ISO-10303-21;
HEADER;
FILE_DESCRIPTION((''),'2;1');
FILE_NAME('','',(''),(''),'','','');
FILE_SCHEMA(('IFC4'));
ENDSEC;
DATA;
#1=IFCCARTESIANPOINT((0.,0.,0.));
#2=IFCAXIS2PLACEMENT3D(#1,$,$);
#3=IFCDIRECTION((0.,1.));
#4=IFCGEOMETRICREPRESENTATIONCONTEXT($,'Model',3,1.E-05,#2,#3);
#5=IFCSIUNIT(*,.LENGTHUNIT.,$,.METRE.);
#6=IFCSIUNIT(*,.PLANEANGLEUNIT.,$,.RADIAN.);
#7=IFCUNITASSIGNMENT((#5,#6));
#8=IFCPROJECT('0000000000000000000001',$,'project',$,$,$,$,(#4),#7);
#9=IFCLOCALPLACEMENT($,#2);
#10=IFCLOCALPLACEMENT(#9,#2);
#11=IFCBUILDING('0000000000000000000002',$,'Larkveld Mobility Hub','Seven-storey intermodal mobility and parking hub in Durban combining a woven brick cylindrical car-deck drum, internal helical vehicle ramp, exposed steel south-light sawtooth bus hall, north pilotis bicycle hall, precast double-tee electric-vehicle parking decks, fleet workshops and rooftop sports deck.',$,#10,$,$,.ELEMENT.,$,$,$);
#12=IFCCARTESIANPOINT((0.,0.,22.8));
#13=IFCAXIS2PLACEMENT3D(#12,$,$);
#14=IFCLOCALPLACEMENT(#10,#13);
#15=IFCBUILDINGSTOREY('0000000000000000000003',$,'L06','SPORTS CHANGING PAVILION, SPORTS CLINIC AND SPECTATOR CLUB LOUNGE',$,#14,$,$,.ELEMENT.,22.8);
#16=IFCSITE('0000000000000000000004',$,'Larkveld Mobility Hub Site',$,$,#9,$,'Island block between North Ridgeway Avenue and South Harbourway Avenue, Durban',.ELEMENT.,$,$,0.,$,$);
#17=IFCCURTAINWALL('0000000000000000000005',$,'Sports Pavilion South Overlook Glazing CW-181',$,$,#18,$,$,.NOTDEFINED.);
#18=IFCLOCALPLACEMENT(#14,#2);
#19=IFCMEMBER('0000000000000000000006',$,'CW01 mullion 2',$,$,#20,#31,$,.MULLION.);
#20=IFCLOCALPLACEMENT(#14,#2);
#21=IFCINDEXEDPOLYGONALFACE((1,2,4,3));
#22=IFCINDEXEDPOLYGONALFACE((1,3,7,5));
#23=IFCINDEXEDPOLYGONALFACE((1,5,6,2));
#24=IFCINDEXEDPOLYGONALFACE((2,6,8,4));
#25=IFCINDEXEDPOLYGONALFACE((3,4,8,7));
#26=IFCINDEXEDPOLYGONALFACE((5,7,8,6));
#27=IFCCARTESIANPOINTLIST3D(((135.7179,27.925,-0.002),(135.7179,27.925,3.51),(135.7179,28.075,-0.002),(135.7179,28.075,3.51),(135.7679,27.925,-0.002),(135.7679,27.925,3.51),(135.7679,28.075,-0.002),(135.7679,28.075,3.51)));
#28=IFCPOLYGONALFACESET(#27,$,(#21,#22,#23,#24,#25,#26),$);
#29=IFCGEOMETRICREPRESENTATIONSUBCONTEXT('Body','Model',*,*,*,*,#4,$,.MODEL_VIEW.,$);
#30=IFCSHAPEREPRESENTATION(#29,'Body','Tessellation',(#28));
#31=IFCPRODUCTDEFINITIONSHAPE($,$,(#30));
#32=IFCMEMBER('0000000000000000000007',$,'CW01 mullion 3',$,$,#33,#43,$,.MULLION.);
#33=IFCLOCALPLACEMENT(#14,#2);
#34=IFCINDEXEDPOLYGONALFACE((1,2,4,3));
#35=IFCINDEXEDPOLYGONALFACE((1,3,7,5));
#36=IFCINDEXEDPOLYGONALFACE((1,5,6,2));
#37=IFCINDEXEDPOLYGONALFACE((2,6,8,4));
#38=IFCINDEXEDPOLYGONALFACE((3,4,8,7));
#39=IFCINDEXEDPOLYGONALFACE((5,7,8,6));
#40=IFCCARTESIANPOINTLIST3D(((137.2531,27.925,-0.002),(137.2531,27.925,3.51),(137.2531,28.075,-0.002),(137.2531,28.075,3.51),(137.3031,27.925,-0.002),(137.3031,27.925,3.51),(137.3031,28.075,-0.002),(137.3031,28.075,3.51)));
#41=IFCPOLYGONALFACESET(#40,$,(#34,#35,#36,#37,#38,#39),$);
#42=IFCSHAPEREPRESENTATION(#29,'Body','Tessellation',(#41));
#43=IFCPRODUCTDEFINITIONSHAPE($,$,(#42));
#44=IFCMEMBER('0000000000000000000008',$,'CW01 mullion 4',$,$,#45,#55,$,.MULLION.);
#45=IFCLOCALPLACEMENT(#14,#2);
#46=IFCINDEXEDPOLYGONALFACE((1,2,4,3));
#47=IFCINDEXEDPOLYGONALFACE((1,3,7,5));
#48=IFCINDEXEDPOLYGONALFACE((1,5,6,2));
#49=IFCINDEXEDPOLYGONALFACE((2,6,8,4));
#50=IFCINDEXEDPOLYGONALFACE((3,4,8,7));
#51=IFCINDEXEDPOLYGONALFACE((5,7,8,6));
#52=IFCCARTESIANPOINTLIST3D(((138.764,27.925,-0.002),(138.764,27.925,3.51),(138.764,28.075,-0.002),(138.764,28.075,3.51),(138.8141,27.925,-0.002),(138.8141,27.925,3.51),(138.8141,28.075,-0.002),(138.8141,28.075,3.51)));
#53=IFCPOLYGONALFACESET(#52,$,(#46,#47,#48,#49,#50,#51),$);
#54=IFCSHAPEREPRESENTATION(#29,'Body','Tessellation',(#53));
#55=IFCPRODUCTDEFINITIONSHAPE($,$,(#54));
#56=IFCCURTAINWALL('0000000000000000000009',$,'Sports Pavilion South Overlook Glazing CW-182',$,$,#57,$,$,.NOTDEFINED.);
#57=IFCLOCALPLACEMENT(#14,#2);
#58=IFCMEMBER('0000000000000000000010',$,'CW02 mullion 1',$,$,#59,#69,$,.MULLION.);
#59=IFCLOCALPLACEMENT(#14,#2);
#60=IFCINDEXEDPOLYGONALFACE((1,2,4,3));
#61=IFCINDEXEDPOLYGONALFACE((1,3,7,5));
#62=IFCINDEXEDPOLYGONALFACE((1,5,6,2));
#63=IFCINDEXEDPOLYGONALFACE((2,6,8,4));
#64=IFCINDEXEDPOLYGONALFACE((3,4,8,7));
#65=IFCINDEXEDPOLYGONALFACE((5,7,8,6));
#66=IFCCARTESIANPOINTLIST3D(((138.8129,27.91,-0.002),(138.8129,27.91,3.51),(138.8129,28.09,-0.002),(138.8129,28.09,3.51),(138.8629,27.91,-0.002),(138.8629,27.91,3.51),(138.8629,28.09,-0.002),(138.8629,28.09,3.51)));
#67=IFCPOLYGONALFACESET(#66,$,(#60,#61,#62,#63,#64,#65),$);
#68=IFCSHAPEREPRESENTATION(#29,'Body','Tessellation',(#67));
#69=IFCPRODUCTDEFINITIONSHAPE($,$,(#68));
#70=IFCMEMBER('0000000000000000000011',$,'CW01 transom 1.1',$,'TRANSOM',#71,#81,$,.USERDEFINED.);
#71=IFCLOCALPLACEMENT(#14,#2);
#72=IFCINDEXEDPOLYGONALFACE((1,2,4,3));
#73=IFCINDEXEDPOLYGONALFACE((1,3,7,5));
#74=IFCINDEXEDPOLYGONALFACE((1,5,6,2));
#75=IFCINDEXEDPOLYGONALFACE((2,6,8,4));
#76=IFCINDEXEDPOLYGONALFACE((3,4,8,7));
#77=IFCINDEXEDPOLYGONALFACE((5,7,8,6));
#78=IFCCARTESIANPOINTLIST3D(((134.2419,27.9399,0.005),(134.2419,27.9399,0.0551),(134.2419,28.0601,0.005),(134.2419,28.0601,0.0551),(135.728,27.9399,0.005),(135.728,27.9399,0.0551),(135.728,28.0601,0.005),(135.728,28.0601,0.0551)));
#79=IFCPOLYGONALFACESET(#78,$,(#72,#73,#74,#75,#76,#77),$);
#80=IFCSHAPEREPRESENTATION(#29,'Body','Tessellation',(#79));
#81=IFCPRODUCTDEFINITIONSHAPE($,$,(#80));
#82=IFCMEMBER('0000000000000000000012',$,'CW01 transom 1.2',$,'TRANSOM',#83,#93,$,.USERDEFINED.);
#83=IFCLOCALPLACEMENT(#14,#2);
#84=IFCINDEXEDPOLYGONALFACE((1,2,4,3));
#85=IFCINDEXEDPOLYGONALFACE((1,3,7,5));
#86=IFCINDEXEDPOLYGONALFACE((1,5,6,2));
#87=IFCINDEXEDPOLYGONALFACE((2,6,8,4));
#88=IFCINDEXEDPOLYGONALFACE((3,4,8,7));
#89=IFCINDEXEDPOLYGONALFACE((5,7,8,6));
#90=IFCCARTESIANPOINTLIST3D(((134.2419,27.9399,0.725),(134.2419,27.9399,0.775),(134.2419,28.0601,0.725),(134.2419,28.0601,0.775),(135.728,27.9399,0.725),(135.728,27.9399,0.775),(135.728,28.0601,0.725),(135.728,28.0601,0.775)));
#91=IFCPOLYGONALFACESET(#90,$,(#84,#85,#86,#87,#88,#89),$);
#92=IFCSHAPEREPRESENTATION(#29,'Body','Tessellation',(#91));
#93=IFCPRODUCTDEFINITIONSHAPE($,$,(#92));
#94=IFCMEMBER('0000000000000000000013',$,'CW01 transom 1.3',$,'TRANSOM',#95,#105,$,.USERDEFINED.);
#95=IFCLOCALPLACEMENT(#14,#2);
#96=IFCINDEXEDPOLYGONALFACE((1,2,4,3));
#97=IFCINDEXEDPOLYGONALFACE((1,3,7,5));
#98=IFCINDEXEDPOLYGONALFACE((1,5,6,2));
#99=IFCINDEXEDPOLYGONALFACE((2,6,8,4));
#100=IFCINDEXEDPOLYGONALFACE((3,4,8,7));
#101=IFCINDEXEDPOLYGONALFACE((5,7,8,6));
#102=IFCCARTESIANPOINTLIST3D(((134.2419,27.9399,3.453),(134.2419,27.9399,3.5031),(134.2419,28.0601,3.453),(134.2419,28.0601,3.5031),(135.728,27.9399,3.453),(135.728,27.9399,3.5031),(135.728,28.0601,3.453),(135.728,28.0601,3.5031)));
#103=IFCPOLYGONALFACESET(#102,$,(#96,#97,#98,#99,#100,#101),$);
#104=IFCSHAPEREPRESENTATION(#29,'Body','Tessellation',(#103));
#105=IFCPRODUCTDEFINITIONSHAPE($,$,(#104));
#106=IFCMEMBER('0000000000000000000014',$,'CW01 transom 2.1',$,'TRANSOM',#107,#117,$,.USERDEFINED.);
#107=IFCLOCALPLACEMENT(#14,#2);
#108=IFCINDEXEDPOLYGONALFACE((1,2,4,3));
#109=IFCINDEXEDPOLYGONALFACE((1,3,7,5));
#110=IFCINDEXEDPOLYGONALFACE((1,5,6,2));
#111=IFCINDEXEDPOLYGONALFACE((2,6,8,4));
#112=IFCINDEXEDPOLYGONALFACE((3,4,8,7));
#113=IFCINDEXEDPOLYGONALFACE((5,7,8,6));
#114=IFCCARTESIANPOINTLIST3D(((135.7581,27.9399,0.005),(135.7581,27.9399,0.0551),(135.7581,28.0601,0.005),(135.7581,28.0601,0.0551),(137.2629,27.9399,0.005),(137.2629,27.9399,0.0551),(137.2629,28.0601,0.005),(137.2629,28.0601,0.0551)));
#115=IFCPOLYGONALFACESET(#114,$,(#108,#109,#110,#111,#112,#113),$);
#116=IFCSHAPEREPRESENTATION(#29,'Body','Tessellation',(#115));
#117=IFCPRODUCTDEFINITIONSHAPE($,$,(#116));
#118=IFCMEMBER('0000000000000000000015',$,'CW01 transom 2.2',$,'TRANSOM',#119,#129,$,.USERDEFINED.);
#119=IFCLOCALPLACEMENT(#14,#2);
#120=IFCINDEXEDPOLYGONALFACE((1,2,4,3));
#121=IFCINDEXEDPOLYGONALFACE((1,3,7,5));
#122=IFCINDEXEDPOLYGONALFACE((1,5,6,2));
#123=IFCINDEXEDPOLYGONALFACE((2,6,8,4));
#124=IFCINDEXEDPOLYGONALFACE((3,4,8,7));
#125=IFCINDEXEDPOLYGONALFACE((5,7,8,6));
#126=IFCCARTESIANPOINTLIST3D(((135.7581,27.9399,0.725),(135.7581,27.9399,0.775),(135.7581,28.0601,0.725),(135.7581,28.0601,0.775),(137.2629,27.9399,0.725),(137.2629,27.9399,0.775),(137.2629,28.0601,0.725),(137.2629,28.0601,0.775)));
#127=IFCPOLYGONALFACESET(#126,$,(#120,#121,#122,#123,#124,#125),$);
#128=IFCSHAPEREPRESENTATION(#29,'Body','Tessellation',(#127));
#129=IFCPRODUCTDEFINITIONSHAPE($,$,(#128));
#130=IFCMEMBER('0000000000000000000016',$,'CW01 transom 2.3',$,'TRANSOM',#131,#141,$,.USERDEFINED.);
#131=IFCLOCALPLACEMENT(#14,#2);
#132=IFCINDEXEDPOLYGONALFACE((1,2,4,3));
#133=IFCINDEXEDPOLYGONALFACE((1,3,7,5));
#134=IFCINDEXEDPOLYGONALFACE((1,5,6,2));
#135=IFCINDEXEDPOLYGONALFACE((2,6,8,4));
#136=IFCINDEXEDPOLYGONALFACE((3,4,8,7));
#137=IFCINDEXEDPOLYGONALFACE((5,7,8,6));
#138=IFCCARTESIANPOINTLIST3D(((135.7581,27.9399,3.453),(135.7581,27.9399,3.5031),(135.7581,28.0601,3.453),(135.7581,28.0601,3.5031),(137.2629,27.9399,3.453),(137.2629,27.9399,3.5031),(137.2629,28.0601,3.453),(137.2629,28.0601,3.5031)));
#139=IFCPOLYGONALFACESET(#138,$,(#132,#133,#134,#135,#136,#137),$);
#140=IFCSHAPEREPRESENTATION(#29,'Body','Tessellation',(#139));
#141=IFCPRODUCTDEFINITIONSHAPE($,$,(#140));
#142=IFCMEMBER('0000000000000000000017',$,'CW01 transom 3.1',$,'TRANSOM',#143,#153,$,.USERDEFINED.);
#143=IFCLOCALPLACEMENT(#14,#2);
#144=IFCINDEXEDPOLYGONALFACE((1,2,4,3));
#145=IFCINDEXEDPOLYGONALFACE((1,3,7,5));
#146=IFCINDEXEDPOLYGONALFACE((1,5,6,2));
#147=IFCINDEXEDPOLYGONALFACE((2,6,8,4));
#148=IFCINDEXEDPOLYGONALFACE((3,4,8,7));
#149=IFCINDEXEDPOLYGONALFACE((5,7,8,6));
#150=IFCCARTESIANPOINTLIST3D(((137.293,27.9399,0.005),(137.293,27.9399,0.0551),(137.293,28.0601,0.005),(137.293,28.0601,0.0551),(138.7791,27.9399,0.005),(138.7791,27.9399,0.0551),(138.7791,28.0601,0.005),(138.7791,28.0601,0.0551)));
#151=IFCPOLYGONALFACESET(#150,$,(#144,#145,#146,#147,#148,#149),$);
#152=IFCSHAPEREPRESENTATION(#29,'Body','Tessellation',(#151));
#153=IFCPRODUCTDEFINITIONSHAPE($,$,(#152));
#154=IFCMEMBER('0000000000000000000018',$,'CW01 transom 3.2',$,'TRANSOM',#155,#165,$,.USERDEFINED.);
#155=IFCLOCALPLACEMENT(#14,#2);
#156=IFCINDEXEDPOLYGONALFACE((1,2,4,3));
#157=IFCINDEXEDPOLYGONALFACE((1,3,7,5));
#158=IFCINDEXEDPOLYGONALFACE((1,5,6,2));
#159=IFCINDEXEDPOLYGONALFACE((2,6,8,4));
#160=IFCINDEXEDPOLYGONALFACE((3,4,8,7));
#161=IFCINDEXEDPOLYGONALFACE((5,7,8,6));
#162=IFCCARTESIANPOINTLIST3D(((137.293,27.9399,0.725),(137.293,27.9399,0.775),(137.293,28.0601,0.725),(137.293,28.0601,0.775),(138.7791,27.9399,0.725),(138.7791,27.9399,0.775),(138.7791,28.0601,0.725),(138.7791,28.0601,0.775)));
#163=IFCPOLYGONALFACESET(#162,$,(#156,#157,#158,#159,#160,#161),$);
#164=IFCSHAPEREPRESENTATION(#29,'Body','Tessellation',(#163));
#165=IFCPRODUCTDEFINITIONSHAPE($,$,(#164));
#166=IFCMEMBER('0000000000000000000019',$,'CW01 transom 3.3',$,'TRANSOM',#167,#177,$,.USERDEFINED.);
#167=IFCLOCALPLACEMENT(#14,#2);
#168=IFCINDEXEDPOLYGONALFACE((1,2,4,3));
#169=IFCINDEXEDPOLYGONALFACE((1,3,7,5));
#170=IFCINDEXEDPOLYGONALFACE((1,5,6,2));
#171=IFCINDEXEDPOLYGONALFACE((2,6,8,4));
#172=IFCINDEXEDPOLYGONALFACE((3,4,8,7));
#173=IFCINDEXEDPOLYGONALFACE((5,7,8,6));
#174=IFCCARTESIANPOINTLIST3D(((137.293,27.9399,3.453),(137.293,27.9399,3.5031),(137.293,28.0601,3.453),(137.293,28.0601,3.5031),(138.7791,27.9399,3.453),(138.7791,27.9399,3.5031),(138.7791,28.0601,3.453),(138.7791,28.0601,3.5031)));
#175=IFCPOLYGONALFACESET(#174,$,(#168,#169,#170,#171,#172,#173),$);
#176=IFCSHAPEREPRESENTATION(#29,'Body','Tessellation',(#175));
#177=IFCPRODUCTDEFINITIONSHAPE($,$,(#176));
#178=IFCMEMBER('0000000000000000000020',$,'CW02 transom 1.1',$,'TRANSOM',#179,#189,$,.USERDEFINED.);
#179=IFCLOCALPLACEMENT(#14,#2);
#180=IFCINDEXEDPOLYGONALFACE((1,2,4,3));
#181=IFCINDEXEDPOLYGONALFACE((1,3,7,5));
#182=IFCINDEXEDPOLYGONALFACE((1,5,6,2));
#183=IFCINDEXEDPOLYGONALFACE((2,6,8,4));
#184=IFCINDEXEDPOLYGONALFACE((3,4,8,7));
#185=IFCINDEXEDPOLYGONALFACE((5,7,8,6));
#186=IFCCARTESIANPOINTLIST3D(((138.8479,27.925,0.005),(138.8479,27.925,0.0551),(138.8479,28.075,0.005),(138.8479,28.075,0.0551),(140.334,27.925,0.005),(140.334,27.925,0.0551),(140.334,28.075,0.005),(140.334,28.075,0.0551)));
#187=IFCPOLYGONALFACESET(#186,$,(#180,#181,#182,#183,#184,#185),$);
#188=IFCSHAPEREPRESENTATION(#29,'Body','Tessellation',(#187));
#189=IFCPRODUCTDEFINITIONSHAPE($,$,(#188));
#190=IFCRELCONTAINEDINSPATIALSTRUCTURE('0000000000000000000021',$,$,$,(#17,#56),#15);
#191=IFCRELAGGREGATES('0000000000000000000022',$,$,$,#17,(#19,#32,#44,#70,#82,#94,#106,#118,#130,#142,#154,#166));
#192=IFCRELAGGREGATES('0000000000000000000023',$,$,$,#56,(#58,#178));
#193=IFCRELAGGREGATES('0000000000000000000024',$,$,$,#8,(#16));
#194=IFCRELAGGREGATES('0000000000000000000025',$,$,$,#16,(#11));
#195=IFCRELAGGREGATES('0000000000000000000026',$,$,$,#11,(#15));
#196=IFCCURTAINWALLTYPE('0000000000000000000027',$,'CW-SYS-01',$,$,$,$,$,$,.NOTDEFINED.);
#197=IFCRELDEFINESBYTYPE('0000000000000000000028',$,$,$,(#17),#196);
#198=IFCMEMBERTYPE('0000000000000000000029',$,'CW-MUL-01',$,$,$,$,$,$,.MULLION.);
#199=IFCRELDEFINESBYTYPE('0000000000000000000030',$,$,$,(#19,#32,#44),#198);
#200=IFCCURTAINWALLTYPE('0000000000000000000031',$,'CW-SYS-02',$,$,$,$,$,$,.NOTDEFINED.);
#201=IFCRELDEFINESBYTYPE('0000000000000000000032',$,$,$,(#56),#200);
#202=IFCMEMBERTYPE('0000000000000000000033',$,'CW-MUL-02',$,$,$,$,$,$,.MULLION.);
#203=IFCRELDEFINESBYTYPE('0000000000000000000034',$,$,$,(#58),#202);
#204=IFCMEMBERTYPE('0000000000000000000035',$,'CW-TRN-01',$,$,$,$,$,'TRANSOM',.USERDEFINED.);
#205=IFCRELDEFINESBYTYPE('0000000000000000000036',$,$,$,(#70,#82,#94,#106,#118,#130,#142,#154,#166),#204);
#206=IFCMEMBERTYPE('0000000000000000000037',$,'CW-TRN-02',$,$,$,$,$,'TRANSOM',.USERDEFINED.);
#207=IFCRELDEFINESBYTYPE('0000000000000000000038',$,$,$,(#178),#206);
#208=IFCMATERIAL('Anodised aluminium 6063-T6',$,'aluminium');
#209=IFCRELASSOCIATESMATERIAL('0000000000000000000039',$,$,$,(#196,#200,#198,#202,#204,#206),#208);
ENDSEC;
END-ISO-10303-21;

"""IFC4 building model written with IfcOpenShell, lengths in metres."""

from ifc_helpers import new_model, si_unit, direction, frame, origin, origin_2d, place, context, subcontext, project, spatial, rectangle, extrude, material, material_profile, profile_set, type_object, element, aggregate, save


model = new_model("IFC4")

# Units and contexts
model_context = context("Model", 3, precision=1e-05, world=origin(), true_north=direction((0.0, 1.0)))
body_context = subcontext(model_context, "Body", "Model", "MODEL_VIEW")
ifc_project = project(units=[si_unit("LENGTHUNIT", "METRE"), si_unit("PLANEANGLEUNIT", "RADIAN")], contexts=[model_context])

# Site, building, storey
site_placement = place(None, origin())
site = spatial("IfcSite", under=ifc_project, at=site_placement, Name="Larkveld Mobility Hub Site", LongName="Island block between North Ridgeway Avenue and South Harbourway Avenue, Durban", CompositionType="ELEMENT", RefElevation=0.0)
building_placement = place(site_placement, origin())
building = spatial("IfcBuilding", under=site, at=building_placement, Name="Larkveld Mobility Hub", Description="Seven-storey intermodal mobility and parking hub in Durban combining a woven brick cylindrical car-deck drum, internal helical vehicle ramp, exposed steel south-light sawtooth bus hall, north pilotis bicycle hall, precast double-tee electric-vehicle parking decks, fleet workshops and rooftop sports deck.", CompositionType="ELEMENT")
storey_placement = place(building_placement, frame((0.0, 0.0, 22.8)))
storey = spatial("IfcBuildingStorey", under=building, at=storey_placement, Name="L06", Description="SPORTS CHANGING PAVILION, SPORTS CLINIC AND SPECTATOR CLUB LOUNGE", CompositionType="ELEMENT", Elevation=22.8)

# Curtain wall, members
ifc_material_1 = material(Name="Anodised aluminium 6063-T6", Category="aluminium")
curtain_wall_type_1 = type_object("IfcCurtainWallType", Name="CW-SYS-01", PredefinedType="NOTDEFINED", material=ifc_material_1)
curtain_wall_1_placement = place(storey_placement, origin())
curtain_wall_1 = element("IfcCurtainWall", 1, at=curtain_wall_1_placement, inside=storey, type_object=curtain_wall_type_1, Name="Sports Pavilion South Overlook Glazing CW-181", PredefinedType="NOTDEFINED")
ifc_material_profile_1 = material_profile(ifc_material_1, rectangle(XDim=0.05, YDim=0.1499, at=origin_2d()), Name="ALU MULL 50x150")
ifc_profile_set_1 = profile_set([ifc_material_profile_1], Name="Anodised aluminium 6063-T6")
member_type_1 = type_object("IfcMemberType", Name="CW-MUL-01", PredefinedType="MULLION", material=ifc_profile_set_1)
member_1_placement = place(storey_placement, frame((135.7429, 28.0, -0.002), z_axis=(0.0, 0.0, 1.0), x_axis=(1.0, 0.0, 0.0)))
member_1 = element("IfcMember", 2, at=member_1_placement, type_object=member_type_1, Name="CW01 mullion 2", PredefinedType="MULLION", context=body_context, shape_type="SweptSolid", body=[
    extrude(rectangle(XDim=0.05, YDim=0.1499, at=origin_2d()), origin(), (0.0, 0.0, 1.0), 3.512),
])
member_2_placement = place(storey_placement, frame((137.2781, 28.0, -0.002), z_axis=(0.0, 0.0, 1.0), x_axis=(1.0, 0.0, 0.0)))
member_2 = element("IfcMember", 3, at=member_2_placement, type_object=member_type_1, Name="CW01 mullion 3", PredefinedType="MULLION", context=body_context, shape_type="SweptSolid", body=[
    extrude(rectangle(XDim=0.05, YDim=0.1499, at=origin_2d()), origin(), (0.0, 0.0, 1.0), 3.512),
])
member_3_placement = place(storey_placement, frame((138.7891, 28.0, -0.002), z_axis=(0.0, 0.0, 1.0), x_axis=(1.0, 0.0, 0.0)))
member_3 = element("IfcMember", 4, at=member_3_placement, type_object=member_type_1, Name="CW01 mullion 4", PredefinedType="MULLION", context=body_context, shape_type="SweptSolid", body=[
    extrude(rectangle(XDim=0.05, YDim=0.1499, at=origin_2d()), origin(), (0.0, 0.0, 1.0), 3.512),
])

# Curtain wall, member
curtain_wall_type_2 = type_object("IfcCurtainWallType", Name="CW-SYS-02", PredefinedType="NOTDEFINED", material=ifc_material_1)
curtain_wall_2_placement = place(storey_placement, origin())
curtain_wall_2 = element("IfcCurtainWall", 5, at=curtain_wall_2_placement, inside=storey, type_object=curtain_wall_type_2, Name="Sports Pavilion South Overlook Glazing CW-182", PredefinedType="NOTDEFINED")
ifc_material_profile_2 = material_profile(ifc_material_1, rectangle(XDim=0.05, YDim=0.1799, at=origin_2d()), Name="ALU MULL 50x180")
ifc_profile_set_2 = profile_set([ifc_material_profile_2], Name="Anodised aluminium 6063-T6")
member_type_2 = type_object("IfcMemberType", Name="CW-MUL-02", PredefinedType="MULLION", material=ifc_profile_set_2)
member_4_placement = place(storey_placement, frame((138.8379, 28.0, -0.002), z_axis=(0.0, 0.0, 1.0), x_axis=(1.0, 0.0, 0.0)))
member_4 = element("IfcMember", 6, at=member_4_placement, type_object=member_type_2, Name="CW02 mullion 1", PredefinedType="MULLION", context=body_context, shape_type="SweptSolid", body=[
    extrude(rectangle(XDim=0.05, YDim=0.1799, at=origin_2d()), origin(), (0.0, 0.0, 1.0), 3.512),
])

# Members
ifc_material_profile_3 = material_profile(ifc_material_1, rectangle(XDim=0.1201, YDim=0.05, at=origin_2d()), Name="ALU TRAN 50x120")
ifc_profile_set_3 = profile_set([ifc_material_profile_3], Name="Anodised aluminium 6063-T6")
member_type_3 = type_object("IfcMemberType", Name="CW-TRN-01", ElementType="TRANSOM", PredefinedType="USERDEFINED", material=ifc_profile_set_3)
member_5_placement = place(storey_placement, frame((134.2419, 28.0, 0.03), z_axis=(1.0, 0.0, 0.0), x_axis=(0.0, 1.0, 0.0)))
member_5 = element("IfcMember", 7, at=member_5_placement, type_object=member_type_3, Name="CW01 transom 1.1", ObjectType="TRANSOM", PredefinedType="USERDEFINED", context=body_context, shape_type="SweptSolid", body=[
    extrude(rectangle(XDim=0.1201, YDim=0.05, at=origin_2d()), origin(), (0.0, 0.0, 1.0), 1.4861),
])
member_6_placement = place(storey_placement, frame((134.2419, 28.0, 0.75), z_axis=(1.0, 0.0, 0.0), x_axis=(0.0, 1.0, 0.0)))
member_6 = element("IfcMember", 8, at=member_6_placement, type_object=member_type_3, Name="CW01 transom 1.2", ObjectType="TRANSOM", PredefinedType="USERDEFINED", context=body_context, shape_type="SweptSolid", body=[
    extrude(rectangle(XDim=0.1201, YDim=0.05, at=origin_2d()), origin(), (0.0, 0.0, 1.0), 1.4861),
])
member_7_placement = place(storey_placement, frame((134.2419, 28.0, 3.478), z_axis=(1.0, 0.0, 0.0), x_axis=(0.0, 1.0, 0.0)))
member_7 = element("IfcMember", 9, at=member_7_placement, type_object=member_type_3, Name="CW01 transom 1.3", ObjectType="TRANSOM", PredefinedType="USERDEFINED", context=body_context, shape_type="SweptSolid", body=[
    extrude(rectangle(XDim=0.1201, YDim=0.05, at=origin_2d()), origin(), (0.0, 0.0, 1.0), 1.4861),
])
member_8_placement = place(storey_placement, frame((135.7581, 28.0, 0.03), z_axis=(1.0, 0.0, 0.0), x_axis=(0.0, 1.0, 0.0)))
member_8 = element("IfcMember", 10, at=member_8_placement, type_object=member_type_3, Name="CW01 transom 2.1", ObjectType="TRANSOM", PredefinedType="USERDEFINED", context=body_context, shape_type="SweptSolid", body=[
    extrude(rectangle(XDim=0.1201, YDim=0.05, at=origin_2d()), origin(), (0.0, 0.0, 1.0), 1.5049),
])
member_9_placement = place(storey_placement, frame((135.7581, 28.0, 0.75), z_axis=(1.0, 0.0, 0.0), x_axis=(0.0, 1.0, 0.0)))
member_9 = element("IfcMember", 11, at=member_9_placement, type_object=member_type_3, Name="CW01 transom 2.2", ObjectType="TRANSOM", PredefinedType="USERDEFINED", context=body_context, shape_type="SweptSolid", body=[
    extrude(rectangle(XDim=0.1201, YDim=0.05, at=origin_2d()), origin(), (0.0, 0.0, 1.0), 1.5049),
])
member_10_placement = place(storey_placement, frame((135.7581, 28.0, 3.478), z_axis=(1.0, 0.0, 0.0), x_axis=(0.0, 1.0, 0.0)))
member_10 = element("IfcMember", 12, at=member_10_placement, type_object=member_type_3, Name="CW01 transom 2.3", ObjectType="TRANSOM", PredefinedType="USERDEFINED", context=body_context, shape_type="SweptSolid", body=[
    extrude(rectangle(XDim=0.1201, YDim=0.05, at=origin_2d()), origin(), (0.0, 0.0, 1.0), 1.5049),
])
member_11_placement = place(storey_placement, frame((137.293, 28.0, 0.03), z_axis=(1.0, 0.0, 0.0), x_axis=(0.0, 1.0, 0.0)))
member_11 = element("IfcMember", 13, at=member_11_placement, type_object=member_type_3, Name="CW01 transom 3.1", ObjectType="TRANSOM", PredefinedType="USERDEFINED", context=body_context, shape_type="SweptSolid", body=[
    extrude(rectangle(XDim=0.1201, YDim=0.05, at=origin_2d()), origin(), (0.0, 0.0, 1.0), 1.4861),
])
member_12_placement = place(storey_placement, frame((137.293, 28.0, 0.75), z_axis=(1.0, 0.0, 0.0), x_axis=(0.0, 1.0, 0.0)))
member_12 = element("IfcMember", 14, at=member_12_placement, type_object=member_type_3, Name="CW01 transom 3.2", ObjectType="TRANSOM", PredefinedType="USERDEFINED", context=body_context, shape_type="SweptSolid", body=[
    extrude(rectangle(XDim=0.1201, YDim=0.05, at=origin_2d()), origin(), (0.0, 0.0, 1.0), 1.4861),
])
member_13_placement = place(storey_placement, frame((137.293, 28.0, 3.478), z_axis=(1.0, 0.0, 0.0), x_axis=(0.0, 1.0, 0.0)))
member_13 = element("IfcMember", 15, at=member_13_placement, type_object=member_type_3, Name="CW01 transom 3.3", ObjectType="TRANSOM", PredefinedType="USERDEFINED", context=body_context, shape_type="SweptSolid", body=[
    extrude(rectangle(XDim=0.1201, YDim=0.05, at=origin_2d()), origin(), (0.0, 0.0, 1.0), 1.4861),
])
ifc_material_profile_4 = material_profile(ifc_material_1, rectangle(XDim=0.1499, YDim=0.05, at=origin_2d()), Name="ALU TRAN 50x150")
ifc_profile_set_4 = profile_set([ifc_material_profile_4], Name="Anodised aluminium 6063-T6")
member_type_4 = type_object("IfcMemberType", Name="CW-TRN-02", ElementType="TRANSOM", PredefinedType="USERDEFINED", material=ifc_profile_set_4)
member_14_placement = place(storey_placement, frame((138.8479, 28.0, 0.03), z_axis=(1.0, 0.0, 0.0), x_axis=(0.0, 1.0, 0.0)))
member_14 = element("IfcMember", 16, at=member_14_placement, type_object=member_type_4, Name="CW02 transom 1.1", ObjectType="TRANSOM", PredefinedType="USERDEFINED", context=body_context, shape_type="SweptSolid", body=[
    extrude(rectangle(XDim=0.1499, YDim=0.05, at=origin_2d()), origin(), (0.0, 0.0, 1.0), 1.4861),
])

aggregate(curtain_wall_1, [member_1, member_2, member_3, member_5, member_6, member_7, member_8, member_9, member_10, member_11, member_12, member_13])
aggregate(curtain_wall_2, [member_4, member_14])

save(model, "model.ifc")
